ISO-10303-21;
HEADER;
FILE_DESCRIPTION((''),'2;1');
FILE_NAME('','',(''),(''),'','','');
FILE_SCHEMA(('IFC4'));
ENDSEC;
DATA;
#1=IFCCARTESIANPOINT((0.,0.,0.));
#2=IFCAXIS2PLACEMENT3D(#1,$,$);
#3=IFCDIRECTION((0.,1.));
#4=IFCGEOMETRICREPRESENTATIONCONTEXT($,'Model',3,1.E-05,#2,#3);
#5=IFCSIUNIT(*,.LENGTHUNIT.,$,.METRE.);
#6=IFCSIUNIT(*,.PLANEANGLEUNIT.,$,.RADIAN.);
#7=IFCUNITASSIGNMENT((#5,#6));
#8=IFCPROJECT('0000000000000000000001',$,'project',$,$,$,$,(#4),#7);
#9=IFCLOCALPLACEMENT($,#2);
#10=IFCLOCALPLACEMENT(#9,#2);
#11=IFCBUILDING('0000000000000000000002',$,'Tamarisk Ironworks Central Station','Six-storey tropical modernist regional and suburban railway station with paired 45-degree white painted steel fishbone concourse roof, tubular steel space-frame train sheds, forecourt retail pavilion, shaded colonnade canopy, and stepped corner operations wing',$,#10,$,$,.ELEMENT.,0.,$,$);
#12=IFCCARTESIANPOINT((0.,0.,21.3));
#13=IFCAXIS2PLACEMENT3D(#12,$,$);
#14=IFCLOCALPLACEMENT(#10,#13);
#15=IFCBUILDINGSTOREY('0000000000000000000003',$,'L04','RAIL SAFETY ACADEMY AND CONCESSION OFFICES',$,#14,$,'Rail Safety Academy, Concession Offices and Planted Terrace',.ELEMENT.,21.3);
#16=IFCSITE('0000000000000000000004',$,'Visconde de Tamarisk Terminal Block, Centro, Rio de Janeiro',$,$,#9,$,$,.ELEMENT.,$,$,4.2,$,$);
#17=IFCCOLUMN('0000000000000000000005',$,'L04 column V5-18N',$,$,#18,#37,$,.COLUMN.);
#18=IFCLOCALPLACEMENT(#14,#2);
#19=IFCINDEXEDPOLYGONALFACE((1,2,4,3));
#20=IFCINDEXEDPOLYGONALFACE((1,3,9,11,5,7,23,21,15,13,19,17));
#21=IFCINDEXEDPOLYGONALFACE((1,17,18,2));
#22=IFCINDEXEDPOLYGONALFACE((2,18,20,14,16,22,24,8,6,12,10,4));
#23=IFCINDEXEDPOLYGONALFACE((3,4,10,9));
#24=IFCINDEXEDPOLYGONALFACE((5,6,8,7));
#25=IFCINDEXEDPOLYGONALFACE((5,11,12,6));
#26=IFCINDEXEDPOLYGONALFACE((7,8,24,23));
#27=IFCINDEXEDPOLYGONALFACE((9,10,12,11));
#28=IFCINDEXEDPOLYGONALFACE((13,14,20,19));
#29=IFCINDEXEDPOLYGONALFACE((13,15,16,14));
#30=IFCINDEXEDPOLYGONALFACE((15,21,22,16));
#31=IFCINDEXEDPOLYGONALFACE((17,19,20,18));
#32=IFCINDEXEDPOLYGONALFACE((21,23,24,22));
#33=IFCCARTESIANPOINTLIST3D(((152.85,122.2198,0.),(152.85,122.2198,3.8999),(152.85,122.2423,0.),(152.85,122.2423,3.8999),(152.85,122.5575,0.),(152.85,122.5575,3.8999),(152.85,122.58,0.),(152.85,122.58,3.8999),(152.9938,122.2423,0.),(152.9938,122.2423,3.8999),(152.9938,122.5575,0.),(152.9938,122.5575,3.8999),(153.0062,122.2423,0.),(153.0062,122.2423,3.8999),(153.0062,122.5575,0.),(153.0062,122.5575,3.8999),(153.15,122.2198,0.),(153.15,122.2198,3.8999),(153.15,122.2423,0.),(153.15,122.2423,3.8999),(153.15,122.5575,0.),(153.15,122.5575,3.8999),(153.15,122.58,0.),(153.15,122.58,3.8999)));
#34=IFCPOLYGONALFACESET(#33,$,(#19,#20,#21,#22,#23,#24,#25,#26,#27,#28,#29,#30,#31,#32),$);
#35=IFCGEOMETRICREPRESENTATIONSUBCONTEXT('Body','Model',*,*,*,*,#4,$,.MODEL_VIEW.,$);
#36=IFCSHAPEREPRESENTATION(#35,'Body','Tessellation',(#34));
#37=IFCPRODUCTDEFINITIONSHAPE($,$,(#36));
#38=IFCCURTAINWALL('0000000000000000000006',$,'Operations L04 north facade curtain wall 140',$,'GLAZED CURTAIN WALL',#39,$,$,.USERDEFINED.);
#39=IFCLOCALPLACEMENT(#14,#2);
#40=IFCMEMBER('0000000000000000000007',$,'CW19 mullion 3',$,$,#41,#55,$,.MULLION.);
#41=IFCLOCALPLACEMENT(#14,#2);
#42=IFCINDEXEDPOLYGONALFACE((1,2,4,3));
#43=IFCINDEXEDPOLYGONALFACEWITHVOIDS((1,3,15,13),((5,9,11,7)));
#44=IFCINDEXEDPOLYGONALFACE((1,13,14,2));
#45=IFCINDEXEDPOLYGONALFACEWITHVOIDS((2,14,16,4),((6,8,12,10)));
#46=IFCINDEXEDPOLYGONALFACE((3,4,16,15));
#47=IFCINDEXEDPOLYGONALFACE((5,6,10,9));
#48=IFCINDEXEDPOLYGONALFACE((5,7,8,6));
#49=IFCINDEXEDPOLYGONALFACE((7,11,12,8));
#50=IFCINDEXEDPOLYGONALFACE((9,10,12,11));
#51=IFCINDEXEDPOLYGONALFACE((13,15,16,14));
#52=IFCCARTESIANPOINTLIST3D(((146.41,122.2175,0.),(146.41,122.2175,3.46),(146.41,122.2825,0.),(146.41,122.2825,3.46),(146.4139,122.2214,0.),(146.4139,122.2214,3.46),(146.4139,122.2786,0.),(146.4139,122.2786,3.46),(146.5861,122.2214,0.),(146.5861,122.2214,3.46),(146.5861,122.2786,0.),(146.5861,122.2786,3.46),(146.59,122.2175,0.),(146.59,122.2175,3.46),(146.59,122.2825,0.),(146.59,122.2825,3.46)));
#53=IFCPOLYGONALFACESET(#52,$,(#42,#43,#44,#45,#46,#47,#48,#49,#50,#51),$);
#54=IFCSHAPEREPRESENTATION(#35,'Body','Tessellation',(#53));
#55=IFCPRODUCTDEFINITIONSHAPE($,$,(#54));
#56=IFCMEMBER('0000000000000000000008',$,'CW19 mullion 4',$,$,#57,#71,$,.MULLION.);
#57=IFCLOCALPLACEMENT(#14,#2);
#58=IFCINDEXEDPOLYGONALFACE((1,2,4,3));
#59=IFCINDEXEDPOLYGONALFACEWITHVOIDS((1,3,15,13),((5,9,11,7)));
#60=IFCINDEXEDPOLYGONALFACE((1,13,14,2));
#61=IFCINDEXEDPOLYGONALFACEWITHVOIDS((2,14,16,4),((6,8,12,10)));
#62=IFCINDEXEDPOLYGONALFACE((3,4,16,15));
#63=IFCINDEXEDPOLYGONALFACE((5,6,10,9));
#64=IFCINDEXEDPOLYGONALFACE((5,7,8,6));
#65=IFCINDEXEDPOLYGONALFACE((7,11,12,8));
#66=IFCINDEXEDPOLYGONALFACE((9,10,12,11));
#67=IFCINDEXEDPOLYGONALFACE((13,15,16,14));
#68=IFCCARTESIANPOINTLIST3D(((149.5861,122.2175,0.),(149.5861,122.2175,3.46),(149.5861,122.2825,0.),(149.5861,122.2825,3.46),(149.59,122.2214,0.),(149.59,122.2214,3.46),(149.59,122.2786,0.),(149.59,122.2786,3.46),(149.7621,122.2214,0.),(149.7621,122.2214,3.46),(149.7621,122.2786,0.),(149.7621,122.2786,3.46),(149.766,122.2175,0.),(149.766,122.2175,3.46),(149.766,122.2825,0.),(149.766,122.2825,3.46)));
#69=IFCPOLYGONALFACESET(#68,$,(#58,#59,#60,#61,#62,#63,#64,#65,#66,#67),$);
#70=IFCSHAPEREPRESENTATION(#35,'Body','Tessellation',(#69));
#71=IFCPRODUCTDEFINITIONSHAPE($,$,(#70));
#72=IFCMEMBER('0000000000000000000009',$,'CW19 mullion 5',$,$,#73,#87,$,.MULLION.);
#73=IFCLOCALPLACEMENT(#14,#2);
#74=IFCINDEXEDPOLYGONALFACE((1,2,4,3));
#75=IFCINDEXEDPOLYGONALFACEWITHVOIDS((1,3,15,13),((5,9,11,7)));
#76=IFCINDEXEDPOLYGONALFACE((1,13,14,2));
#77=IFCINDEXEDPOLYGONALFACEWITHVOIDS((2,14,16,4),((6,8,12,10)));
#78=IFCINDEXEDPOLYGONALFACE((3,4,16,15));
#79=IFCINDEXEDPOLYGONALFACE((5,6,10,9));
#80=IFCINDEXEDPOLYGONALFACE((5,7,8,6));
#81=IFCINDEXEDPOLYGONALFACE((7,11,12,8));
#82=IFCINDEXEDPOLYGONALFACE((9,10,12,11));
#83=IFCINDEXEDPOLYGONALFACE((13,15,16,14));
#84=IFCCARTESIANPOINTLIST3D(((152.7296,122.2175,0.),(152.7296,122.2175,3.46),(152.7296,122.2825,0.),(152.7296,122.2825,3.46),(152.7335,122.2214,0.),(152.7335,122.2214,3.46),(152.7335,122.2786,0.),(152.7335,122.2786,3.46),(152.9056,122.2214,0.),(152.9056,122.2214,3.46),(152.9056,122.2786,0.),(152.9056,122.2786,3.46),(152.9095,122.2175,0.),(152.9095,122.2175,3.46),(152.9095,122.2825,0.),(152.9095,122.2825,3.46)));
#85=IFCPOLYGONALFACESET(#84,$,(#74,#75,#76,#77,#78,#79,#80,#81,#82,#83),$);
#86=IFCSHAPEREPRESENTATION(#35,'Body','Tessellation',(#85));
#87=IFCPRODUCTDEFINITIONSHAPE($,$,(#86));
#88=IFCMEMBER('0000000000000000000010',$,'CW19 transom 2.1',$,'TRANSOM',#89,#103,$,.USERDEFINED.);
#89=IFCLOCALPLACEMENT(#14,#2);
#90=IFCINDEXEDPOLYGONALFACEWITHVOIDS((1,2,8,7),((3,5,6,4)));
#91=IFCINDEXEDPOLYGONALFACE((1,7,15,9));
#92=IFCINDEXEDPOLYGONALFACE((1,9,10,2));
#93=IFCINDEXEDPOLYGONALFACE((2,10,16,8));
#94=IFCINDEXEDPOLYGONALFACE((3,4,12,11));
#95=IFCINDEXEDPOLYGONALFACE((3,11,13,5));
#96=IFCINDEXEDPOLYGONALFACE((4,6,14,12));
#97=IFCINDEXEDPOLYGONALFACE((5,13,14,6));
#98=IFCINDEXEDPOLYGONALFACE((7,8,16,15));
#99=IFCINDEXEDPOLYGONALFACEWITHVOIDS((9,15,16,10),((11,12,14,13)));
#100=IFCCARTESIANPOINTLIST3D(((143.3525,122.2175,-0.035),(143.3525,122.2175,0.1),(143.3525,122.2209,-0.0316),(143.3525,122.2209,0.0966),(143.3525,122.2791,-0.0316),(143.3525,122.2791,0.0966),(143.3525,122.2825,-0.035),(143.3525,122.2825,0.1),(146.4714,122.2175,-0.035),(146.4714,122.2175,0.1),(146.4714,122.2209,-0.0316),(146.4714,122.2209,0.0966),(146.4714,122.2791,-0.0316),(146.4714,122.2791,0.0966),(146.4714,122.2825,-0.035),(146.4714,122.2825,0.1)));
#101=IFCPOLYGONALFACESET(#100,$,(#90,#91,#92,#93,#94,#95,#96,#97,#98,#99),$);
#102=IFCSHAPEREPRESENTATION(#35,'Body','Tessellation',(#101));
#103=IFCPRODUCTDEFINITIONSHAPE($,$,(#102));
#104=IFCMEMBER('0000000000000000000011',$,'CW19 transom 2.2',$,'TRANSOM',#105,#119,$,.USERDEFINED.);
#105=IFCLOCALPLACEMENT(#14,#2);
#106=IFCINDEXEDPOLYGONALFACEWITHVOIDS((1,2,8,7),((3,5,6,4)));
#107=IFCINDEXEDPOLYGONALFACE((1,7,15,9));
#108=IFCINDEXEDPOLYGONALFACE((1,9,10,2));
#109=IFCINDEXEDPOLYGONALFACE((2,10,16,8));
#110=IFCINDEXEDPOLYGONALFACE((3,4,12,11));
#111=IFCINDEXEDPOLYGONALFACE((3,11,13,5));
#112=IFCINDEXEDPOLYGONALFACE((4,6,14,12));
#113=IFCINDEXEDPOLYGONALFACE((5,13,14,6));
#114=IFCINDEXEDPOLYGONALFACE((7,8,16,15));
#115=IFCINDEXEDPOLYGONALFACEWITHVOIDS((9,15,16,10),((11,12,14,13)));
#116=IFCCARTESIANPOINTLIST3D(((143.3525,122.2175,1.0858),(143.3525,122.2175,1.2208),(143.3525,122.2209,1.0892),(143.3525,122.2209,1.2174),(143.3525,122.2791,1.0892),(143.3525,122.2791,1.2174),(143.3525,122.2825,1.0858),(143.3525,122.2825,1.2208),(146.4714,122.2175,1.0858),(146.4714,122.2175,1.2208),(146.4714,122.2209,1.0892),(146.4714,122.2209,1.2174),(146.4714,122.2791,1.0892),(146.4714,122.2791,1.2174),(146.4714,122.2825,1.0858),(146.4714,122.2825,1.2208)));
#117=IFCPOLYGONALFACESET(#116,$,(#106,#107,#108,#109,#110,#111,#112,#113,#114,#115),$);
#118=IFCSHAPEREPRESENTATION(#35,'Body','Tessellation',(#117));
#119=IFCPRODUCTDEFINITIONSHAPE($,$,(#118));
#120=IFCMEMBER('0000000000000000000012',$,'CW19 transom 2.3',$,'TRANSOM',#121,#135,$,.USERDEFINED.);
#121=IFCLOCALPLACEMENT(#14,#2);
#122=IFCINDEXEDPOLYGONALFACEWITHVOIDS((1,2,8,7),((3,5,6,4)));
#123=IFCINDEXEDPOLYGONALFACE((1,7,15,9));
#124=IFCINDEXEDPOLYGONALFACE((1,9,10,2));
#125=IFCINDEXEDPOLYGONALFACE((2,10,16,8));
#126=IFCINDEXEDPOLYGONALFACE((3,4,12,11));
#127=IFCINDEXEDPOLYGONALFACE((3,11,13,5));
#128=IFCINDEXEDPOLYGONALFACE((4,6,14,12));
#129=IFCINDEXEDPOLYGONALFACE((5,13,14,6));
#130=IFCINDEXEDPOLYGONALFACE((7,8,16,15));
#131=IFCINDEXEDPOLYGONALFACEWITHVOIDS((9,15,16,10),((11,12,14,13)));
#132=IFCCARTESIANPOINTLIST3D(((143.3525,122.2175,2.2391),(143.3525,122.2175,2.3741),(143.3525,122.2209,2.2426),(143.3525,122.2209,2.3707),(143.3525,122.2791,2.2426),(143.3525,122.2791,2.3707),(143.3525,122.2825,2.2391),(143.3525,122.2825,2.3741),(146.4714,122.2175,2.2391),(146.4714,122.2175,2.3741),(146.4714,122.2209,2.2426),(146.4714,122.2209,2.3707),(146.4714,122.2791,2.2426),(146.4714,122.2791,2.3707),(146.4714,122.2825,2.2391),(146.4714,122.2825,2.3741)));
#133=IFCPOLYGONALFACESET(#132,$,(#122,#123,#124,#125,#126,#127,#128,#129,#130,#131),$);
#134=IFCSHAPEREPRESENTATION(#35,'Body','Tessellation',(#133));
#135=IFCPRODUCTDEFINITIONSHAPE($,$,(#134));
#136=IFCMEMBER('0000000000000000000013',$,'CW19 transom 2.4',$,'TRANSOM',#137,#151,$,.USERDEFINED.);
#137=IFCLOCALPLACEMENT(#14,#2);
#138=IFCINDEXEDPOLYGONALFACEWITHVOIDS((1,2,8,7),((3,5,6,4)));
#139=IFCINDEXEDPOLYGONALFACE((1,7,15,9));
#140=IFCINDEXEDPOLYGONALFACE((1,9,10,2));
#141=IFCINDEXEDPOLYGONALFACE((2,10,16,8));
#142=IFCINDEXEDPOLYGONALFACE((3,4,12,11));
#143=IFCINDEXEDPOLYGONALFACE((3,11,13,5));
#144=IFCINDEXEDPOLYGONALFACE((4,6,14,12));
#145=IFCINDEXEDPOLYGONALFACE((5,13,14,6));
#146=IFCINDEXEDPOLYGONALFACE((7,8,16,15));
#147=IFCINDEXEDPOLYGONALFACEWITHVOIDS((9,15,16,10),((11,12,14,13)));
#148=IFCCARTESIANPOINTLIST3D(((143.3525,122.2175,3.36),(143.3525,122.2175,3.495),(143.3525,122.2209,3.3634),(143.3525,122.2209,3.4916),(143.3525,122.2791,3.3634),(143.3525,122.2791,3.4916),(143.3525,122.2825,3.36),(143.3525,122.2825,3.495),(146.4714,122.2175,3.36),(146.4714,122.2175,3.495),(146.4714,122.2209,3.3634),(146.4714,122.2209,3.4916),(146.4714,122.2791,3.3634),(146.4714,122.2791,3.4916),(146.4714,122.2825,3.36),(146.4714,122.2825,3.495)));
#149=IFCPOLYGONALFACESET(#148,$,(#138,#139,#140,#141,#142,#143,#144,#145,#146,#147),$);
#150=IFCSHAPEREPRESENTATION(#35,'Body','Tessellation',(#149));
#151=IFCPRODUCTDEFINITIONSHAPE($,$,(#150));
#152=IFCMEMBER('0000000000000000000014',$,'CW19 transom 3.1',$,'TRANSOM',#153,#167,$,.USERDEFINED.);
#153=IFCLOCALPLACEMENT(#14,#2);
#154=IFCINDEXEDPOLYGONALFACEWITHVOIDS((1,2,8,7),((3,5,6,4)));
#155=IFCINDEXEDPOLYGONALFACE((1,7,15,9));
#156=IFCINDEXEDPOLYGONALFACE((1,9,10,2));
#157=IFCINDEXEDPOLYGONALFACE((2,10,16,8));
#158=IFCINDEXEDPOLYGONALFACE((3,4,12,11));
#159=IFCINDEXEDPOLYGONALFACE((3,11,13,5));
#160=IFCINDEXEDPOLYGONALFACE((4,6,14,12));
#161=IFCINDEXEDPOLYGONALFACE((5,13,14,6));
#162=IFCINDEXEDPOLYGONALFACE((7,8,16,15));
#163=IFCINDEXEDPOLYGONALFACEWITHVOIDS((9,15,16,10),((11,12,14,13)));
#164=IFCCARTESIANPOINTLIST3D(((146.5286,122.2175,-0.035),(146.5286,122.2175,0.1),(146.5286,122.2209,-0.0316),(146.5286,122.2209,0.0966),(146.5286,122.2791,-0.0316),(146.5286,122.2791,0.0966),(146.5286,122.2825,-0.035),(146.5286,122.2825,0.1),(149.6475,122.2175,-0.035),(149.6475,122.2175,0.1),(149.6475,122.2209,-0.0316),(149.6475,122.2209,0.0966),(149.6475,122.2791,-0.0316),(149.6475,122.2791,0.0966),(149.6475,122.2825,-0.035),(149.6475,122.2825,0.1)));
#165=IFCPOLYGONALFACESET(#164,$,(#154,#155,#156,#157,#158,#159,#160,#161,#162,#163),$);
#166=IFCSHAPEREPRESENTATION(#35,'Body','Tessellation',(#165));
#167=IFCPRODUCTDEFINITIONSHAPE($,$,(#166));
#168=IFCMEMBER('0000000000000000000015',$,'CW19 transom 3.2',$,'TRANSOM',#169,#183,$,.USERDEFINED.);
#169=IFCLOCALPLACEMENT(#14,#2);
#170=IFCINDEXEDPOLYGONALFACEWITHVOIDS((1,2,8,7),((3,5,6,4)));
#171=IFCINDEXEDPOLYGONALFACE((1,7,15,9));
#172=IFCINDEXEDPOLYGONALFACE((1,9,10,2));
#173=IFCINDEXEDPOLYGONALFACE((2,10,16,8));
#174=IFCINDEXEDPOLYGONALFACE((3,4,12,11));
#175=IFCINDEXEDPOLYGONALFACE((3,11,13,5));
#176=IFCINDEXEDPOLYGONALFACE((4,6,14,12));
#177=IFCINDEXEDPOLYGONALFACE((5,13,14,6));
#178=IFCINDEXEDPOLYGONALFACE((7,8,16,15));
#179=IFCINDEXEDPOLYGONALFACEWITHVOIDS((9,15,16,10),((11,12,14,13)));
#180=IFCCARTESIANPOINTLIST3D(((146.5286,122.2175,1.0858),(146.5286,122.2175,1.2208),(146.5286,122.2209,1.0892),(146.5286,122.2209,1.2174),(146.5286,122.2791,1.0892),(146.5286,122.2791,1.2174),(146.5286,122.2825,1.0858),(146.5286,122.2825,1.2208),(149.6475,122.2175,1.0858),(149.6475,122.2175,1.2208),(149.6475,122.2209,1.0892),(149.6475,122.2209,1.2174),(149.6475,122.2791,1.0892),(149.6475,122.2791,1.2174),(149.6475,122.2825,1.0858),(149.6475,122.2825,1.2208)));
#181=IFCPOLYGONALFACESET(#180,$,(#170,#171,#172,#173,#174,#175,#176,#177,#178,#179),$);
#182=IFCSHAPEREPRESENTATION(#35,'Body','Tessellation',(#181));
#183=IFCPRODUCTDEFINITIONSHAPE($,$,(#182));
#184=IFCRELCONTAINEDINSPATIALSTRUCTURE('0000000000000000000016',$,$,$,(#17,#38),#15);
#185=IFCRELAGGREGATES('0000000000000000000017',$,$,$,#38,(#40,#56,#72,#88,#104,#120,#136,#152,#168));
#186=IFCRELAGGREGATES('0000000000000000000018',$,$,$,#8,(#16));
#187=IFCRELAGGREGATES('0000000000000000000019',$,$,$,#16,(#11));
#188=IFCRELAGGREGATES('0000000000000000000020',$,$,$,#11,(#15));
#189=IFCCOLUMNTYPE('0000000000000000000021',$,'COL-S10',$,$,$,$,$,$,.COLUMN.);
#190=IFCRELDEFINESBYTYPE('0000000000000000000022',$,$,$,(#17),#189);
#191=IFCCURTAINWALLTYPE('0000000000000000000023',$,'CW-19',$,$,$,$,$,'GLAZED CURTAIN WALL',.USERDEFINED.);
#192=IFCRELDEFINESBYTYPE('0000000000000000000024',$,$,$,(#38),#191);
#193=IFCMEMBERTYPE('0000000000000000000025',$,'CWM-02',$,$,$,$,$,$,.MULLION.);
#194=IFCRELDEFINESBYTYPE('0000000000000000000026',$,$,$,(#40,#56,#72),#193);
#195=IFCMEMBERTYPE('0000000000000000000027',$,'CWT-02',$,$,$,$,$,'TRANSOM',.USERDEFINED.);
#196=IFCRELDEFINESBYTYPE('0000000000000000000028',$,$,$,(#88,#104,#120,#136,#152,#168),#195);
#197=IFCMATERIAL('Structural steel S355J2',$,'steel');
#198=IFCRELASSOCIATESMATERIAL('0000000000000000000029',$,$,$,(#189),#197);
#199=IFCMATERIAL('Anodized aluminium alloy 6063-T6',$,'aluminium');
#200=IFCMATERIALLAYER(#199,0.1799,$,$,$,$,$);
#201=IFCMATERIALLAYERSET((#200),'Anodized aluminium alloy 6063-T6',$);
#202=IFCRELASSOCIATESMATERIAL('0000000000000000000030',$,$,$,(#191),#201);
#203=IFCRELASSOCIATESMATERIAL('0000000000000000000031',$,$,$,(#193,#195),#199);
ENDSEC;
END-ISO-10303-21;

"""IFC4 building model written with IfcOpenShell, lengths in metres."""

from ifc_helpers import new_model, si_unit, direction, frame, origin, origin_2d, place, context, subcontext, project, spatial, hollow_rectangle, i_section, extrude, material, layer, layer_set, material_profile, profile_set, type_object, element, aggregate, save


model = new_model("IFC4")

# Units and contexts
model_context = context("Model", 3, precision=1e-05, world=origin(), true_north=direction((0.0, 1.0)))
body_context = subcontext(model_context, "Body", "Model", "MODEL_VIEW")
ifc_project = project(units=[si_unit("LENGTHUNIT", "METRE"), si_unit("PLANEANGLEUNIT", "RADIAN")], contexts=[model_context])

# Site, building, storey
site_placement = place(None, origin())
site = spatial("IfcSite", under=ifc_project, at=site_placement, Name="Visconde de Tamarisk Terminal Block, Centro, Rio de Janeiro", CompositionType="ELEMENT", RefElevation=4.2)
building_placement = place(site_placement, origin())
building = spatial("IfcBuilding", under=site, at=building_placement, Name="Tamarisk Ironworks Central Station", Description="Six-storey tropical modernist regional and suburban railway station with paired 45-degree white painted steel fishbone concourse roof, tubular steel space-frame train sheds, forecourt retail pavilion, shaded colonnade canopy, and stepped corner operations wing", CompositionType="ELEMENT", ElevationOfRefHeight=0.0)
storey_placement = place(building_placement, frame((0.0, 0.0, 21.3)))
storey = spatial("IfcBuildingStorey", under=building, at=storey_placement, Name="L04", Description="RAIL SAFETY ACADEMY AND CONCESSION OFFICES", LongName="Rail Safety Academy, Concession Offices and Planted Terrace", CompositionType="ELEMENT", Elevation=21.3)

# Column
ifc_material_1 = material(Name="Structural steel S355J2", Category="steel")
ifc_material_profile_1 = material_profile(ifc_material_1, i_section(OverallWidth=0.3, OverallDepth=0.3601, WebThickness=0.0125, FlangeThickness=0.0225, at=origin_2d()), Name="HEB 360")
ifc_profile_set_1 = profile_set([ifc_material_profile_1], Name="Structural steel S355J2")
column_type = type_object("IfcColumnType", Name="COL-S10", PredefinedType="COLUMN", material=ifc_profile_set_1)
column_placement = place(storey_placement, frame((153.0, 122.3999, 0.0), z_axis=(0.0, 0.0, 1.0), x_axis=(1.0, 0.0, 0.0)))
element("IfcColumn", 1, at=column_placement, inside=storey, type_object=column_type, Name="L04 column V5-18N", PredefinedType="COLUMN", context=body_context, shape_type="SweptSolid", body=[
    extrude(i_section(OverallWidth=0.3, OverallDepth=0.3601, WebThickness=0.0125, FlangeThickness=0.0225, at=origin_2d()), origin(), (0.0, 0.0, 1.0), 3.8999),
])

# Curtain wall, members
ifc_material_2 = material(Name="Anodized aluminium alloy 6063-T6", Category="aluminium")
ifc_layer_1 = layer(ifc_material_2, 0.1799)
ifc_layer_set_1 = layer_set([ifc_layer_1], Name="Anodized aluminium alloy 6063-T6")
curtain_wall_type = type_object("IfcCurtainWallType", Name="CW-19", ElementType="GLAZED CURTAIN WALL", PredefinedType="USERDEFINED", material=ifc_layer_set_1)
curtain_wall_placement = place(storey_placement, origin())
curtain_wall = element("IfcCurtainWall", 2, at=curtain_wall_placement, inside=storey, type_object=curtain_wall_type, Name="Operations L04 north facade curtain wall 140", ObjectType="GLAZED CURTAIN WALL", PredefinedType="USERDEFINED")
ifc_material_profile_2 = material_profile(ifc_material_2, hollow_rectangle(XDim=0.0649, YDim=0.1799, WallThickness=0.0039, at=origin_2d()), Name="ALUM 180x65")
ifc_profile_set_2 = profile_set([ifc_material_profile_2], Name="Anodized aluminium alloy 6063-T6")
member_type_1 = type_object("IfcMemberType", Name="CWM-02", PredefinedType="MULLION", material=ifc_profile_set_2)
member_1_placement = place(storey_placement, frame((146.5, 122.25, 0.0), z_axis=(0.0, 0.0, 1.0), x_axis=(0.0, 1.0, 0.0)))
member_1 = element("IfcMember", 3, at=member_1_placement, type_object=member_type_1, Name="CW19 mullion 3", PredefinedType="MULLION", context=body_context, shape_type="SweptSolid", body=[
    extrude(hollow_rectangle(XDim=0.0649, YDim=0.1799, WallThickness=0.0039, at=origin_2d()), origin(), (0.0, 0.0, 1.0), 3.46),
])
member_2_placement = place(storey_placement, frame((149.676, 122.25, 0.0), z_axis=(0.0, 0.0, 1.0), x_axis=(0.0, 1.0, 0.0)))
member_2 = element("IfcMember", 4, at=member_2_placement, type_object=member_type_1, Name="CW19 mullion 4", PredefinedType="MULLION", context=body_context, shape_type="SweptSolid", body=[
    extrude(hollow_rectangle(XDim=0.0649, YDim=0.1799, WallThickness=0.0039, at=origin_2d()), origin(), (0.0, 0.0, 1.0), 3.46),
])
member_3_placement = place(storey_placement, frame((152.8196, 122.25, 0.0), z_axis=(0.0, 0.0, 1.0), x_axis=(0.0, 1.0, 0.0)))
member_3 = element("IfcMember", 5, at=member_3_placement, type_object=member_type_1, Name="CW19 mullion 5", PredefinedType="MULLION", context=body_context, shape_type="SweptSolid", body=[
    extrude(hollow_rectangle(XDim=0.0649, YDim=0.1799, WallThickness=0.0039, at=origin_2d()), origin(), (0.0, 0.0, 1.0), 3.46),
])
ifc_material_profile_3 = material_profile(ifc_material_2, hollow_rectangle(XDim=0.0649, YDim=0.135, WallThickness=0.0034, at=origin_2d()), Name="ALUM 135x65")
ifc_profile_set_3 = profile_set([ifc_material_profile_3], Name="Anodized aluminium alloy 6063-T6")
member_type_2 = type_object("IfcMemberType", Name="CWT-02", ElementType="TRANSOM", PredefinedType="USERDEFINED", material=ifc_profile_set_3)
member_4_placement = place(storey_placement, frame((143.3525, 122.25, 0.0325), z_axis=(1.0, 0.0, 0.0), x_axis=(0.0, 1.0, 0.0)))
member_4 = element("IfcMember", 6, at=member_4_placement, type_object=member_type_2, Name="CW19 transom 2.1", ObjectType="TRANSOM", PredefinedType="USERDEFINED", context=body_context, shape_type="SweptSolid", body=[
    extrude(hollow_rectangle(XDim=0.0649, YDim=0.135, WallThickness=0.0034, at=origin_2d()), origin(), (0.0, 0.0, 1.0), 3.1189),
])
member_5_placement = place(storey_placement, frame((143.3525, 122.25, 1.1533), z_axis=(1.0, 0.0, 0.0), x_axis=(0.0, 1.0, 0.0)))
member_5 = element("IfcMember", 7, at=member_5_placement, type_object=member_type_2, Name="CW19 transom 2.2", ObjectType="TRANSOM", PredefinedType="USERDEFINED", context=body_context, shape_type="SweptSolid", body=[
    extrude(hollow_rectangle(XDim=0.0649, YDim=0.135, WallThickness=0.0034, at=origin_2d()), origin(), (0.0, 0.0, 1.0), 3.1189),
])
member_6_placement = place(storey_placement, frame((143.3525, 122.25, 2.3066), z_axis=(1.0, 0.0, 0.0), x_axis=(0.0, 1.0, 0.0)))
member_6 = element("IfcMember", 8, at=member_6_placement, type_object=member_type_2, Name="CW19 transom 2.3", ObjectType="TRANSOM", PredefinedType="USERDEFINED", context=body_context, shape_type="SweptSolid", body=[
    extrude(hollow_rectangle(XDim=0.0649, YDim=0.135, WallThickness=0.0034, at=origin_2d()), origin(), (0.0, 0.0, 1.0), 3.1189),
])
member_7_placement = place(storey_placement, frame((143.3525, 122.25, 3.4275), z_axis=(1.0, 0.0, 0.0), x_axis=(0.0, 1.0, 0.0)))
member_7 = element("IfcMember", 9, at=member_7_placement, type_object=member_type_2, Name="CW19 transom 2.4", ObjectType="TRANSOM", PredefinedType="USERDEFINED", context=body_context, shape_type="SweptSolid", body=[
    extrude(hollow_rectangle(XDim=0.0649, YDim=0.135, WallThickness=0.0034, at=origin_2d()), origin(), (0.0, 0.0, 1.0), 3.1189),
])
member_8_placement = place(storey_placement, frame((146.5286, 122.25, 0.0325), z_axis=(1.0, 0.0, 0.0), x_axis=(0.0, 1.0, 0.0)))
member_8 = element("IfcMember", 10, at=member_8_placement, type_object=member_type_2, Name="CW19 transom 3.1", ObjectType="TRANSOM", PredefinedType="USERDEFINED", context=body_context, shape_type="SweptSolid", body=[
    extrude(hollow_rectangle(XDim=0.0649, YDim=0.135, WallThickness=0.0034, at=origin_2d()), origin(), (0.0, 0.0, 1.0), 3.1189),
])
member_9_placement = place(storey_placement, frame((146.5286, 122.25, 1.1533), z_axis=(1.0, 0.0, 0.0), x_axis=(0.0, 1.0, 0.0)))
member_9 = element("IfcMember", 11, at=member_9_placement, type_object=member_type_2, Name="CW19 transom 3.2", ObjectType="TRANSOM", PredefinedType="USERDEFINED", context=body_context, shape_type="SweptSolid", body=[
    extrude(hollow_rectangle(XDim=0.0649, YDim=0.135, WallThickness=0.0034, at=origin_2d()), origin(), (0.0, 0.0, 1.0), 3.1189),
])
aggregate(curtain_wall, [member_1, member_2, member_3, member_4, member_5, member_6, member_7, member_8, member_9])

save(model, "model.ifc")
